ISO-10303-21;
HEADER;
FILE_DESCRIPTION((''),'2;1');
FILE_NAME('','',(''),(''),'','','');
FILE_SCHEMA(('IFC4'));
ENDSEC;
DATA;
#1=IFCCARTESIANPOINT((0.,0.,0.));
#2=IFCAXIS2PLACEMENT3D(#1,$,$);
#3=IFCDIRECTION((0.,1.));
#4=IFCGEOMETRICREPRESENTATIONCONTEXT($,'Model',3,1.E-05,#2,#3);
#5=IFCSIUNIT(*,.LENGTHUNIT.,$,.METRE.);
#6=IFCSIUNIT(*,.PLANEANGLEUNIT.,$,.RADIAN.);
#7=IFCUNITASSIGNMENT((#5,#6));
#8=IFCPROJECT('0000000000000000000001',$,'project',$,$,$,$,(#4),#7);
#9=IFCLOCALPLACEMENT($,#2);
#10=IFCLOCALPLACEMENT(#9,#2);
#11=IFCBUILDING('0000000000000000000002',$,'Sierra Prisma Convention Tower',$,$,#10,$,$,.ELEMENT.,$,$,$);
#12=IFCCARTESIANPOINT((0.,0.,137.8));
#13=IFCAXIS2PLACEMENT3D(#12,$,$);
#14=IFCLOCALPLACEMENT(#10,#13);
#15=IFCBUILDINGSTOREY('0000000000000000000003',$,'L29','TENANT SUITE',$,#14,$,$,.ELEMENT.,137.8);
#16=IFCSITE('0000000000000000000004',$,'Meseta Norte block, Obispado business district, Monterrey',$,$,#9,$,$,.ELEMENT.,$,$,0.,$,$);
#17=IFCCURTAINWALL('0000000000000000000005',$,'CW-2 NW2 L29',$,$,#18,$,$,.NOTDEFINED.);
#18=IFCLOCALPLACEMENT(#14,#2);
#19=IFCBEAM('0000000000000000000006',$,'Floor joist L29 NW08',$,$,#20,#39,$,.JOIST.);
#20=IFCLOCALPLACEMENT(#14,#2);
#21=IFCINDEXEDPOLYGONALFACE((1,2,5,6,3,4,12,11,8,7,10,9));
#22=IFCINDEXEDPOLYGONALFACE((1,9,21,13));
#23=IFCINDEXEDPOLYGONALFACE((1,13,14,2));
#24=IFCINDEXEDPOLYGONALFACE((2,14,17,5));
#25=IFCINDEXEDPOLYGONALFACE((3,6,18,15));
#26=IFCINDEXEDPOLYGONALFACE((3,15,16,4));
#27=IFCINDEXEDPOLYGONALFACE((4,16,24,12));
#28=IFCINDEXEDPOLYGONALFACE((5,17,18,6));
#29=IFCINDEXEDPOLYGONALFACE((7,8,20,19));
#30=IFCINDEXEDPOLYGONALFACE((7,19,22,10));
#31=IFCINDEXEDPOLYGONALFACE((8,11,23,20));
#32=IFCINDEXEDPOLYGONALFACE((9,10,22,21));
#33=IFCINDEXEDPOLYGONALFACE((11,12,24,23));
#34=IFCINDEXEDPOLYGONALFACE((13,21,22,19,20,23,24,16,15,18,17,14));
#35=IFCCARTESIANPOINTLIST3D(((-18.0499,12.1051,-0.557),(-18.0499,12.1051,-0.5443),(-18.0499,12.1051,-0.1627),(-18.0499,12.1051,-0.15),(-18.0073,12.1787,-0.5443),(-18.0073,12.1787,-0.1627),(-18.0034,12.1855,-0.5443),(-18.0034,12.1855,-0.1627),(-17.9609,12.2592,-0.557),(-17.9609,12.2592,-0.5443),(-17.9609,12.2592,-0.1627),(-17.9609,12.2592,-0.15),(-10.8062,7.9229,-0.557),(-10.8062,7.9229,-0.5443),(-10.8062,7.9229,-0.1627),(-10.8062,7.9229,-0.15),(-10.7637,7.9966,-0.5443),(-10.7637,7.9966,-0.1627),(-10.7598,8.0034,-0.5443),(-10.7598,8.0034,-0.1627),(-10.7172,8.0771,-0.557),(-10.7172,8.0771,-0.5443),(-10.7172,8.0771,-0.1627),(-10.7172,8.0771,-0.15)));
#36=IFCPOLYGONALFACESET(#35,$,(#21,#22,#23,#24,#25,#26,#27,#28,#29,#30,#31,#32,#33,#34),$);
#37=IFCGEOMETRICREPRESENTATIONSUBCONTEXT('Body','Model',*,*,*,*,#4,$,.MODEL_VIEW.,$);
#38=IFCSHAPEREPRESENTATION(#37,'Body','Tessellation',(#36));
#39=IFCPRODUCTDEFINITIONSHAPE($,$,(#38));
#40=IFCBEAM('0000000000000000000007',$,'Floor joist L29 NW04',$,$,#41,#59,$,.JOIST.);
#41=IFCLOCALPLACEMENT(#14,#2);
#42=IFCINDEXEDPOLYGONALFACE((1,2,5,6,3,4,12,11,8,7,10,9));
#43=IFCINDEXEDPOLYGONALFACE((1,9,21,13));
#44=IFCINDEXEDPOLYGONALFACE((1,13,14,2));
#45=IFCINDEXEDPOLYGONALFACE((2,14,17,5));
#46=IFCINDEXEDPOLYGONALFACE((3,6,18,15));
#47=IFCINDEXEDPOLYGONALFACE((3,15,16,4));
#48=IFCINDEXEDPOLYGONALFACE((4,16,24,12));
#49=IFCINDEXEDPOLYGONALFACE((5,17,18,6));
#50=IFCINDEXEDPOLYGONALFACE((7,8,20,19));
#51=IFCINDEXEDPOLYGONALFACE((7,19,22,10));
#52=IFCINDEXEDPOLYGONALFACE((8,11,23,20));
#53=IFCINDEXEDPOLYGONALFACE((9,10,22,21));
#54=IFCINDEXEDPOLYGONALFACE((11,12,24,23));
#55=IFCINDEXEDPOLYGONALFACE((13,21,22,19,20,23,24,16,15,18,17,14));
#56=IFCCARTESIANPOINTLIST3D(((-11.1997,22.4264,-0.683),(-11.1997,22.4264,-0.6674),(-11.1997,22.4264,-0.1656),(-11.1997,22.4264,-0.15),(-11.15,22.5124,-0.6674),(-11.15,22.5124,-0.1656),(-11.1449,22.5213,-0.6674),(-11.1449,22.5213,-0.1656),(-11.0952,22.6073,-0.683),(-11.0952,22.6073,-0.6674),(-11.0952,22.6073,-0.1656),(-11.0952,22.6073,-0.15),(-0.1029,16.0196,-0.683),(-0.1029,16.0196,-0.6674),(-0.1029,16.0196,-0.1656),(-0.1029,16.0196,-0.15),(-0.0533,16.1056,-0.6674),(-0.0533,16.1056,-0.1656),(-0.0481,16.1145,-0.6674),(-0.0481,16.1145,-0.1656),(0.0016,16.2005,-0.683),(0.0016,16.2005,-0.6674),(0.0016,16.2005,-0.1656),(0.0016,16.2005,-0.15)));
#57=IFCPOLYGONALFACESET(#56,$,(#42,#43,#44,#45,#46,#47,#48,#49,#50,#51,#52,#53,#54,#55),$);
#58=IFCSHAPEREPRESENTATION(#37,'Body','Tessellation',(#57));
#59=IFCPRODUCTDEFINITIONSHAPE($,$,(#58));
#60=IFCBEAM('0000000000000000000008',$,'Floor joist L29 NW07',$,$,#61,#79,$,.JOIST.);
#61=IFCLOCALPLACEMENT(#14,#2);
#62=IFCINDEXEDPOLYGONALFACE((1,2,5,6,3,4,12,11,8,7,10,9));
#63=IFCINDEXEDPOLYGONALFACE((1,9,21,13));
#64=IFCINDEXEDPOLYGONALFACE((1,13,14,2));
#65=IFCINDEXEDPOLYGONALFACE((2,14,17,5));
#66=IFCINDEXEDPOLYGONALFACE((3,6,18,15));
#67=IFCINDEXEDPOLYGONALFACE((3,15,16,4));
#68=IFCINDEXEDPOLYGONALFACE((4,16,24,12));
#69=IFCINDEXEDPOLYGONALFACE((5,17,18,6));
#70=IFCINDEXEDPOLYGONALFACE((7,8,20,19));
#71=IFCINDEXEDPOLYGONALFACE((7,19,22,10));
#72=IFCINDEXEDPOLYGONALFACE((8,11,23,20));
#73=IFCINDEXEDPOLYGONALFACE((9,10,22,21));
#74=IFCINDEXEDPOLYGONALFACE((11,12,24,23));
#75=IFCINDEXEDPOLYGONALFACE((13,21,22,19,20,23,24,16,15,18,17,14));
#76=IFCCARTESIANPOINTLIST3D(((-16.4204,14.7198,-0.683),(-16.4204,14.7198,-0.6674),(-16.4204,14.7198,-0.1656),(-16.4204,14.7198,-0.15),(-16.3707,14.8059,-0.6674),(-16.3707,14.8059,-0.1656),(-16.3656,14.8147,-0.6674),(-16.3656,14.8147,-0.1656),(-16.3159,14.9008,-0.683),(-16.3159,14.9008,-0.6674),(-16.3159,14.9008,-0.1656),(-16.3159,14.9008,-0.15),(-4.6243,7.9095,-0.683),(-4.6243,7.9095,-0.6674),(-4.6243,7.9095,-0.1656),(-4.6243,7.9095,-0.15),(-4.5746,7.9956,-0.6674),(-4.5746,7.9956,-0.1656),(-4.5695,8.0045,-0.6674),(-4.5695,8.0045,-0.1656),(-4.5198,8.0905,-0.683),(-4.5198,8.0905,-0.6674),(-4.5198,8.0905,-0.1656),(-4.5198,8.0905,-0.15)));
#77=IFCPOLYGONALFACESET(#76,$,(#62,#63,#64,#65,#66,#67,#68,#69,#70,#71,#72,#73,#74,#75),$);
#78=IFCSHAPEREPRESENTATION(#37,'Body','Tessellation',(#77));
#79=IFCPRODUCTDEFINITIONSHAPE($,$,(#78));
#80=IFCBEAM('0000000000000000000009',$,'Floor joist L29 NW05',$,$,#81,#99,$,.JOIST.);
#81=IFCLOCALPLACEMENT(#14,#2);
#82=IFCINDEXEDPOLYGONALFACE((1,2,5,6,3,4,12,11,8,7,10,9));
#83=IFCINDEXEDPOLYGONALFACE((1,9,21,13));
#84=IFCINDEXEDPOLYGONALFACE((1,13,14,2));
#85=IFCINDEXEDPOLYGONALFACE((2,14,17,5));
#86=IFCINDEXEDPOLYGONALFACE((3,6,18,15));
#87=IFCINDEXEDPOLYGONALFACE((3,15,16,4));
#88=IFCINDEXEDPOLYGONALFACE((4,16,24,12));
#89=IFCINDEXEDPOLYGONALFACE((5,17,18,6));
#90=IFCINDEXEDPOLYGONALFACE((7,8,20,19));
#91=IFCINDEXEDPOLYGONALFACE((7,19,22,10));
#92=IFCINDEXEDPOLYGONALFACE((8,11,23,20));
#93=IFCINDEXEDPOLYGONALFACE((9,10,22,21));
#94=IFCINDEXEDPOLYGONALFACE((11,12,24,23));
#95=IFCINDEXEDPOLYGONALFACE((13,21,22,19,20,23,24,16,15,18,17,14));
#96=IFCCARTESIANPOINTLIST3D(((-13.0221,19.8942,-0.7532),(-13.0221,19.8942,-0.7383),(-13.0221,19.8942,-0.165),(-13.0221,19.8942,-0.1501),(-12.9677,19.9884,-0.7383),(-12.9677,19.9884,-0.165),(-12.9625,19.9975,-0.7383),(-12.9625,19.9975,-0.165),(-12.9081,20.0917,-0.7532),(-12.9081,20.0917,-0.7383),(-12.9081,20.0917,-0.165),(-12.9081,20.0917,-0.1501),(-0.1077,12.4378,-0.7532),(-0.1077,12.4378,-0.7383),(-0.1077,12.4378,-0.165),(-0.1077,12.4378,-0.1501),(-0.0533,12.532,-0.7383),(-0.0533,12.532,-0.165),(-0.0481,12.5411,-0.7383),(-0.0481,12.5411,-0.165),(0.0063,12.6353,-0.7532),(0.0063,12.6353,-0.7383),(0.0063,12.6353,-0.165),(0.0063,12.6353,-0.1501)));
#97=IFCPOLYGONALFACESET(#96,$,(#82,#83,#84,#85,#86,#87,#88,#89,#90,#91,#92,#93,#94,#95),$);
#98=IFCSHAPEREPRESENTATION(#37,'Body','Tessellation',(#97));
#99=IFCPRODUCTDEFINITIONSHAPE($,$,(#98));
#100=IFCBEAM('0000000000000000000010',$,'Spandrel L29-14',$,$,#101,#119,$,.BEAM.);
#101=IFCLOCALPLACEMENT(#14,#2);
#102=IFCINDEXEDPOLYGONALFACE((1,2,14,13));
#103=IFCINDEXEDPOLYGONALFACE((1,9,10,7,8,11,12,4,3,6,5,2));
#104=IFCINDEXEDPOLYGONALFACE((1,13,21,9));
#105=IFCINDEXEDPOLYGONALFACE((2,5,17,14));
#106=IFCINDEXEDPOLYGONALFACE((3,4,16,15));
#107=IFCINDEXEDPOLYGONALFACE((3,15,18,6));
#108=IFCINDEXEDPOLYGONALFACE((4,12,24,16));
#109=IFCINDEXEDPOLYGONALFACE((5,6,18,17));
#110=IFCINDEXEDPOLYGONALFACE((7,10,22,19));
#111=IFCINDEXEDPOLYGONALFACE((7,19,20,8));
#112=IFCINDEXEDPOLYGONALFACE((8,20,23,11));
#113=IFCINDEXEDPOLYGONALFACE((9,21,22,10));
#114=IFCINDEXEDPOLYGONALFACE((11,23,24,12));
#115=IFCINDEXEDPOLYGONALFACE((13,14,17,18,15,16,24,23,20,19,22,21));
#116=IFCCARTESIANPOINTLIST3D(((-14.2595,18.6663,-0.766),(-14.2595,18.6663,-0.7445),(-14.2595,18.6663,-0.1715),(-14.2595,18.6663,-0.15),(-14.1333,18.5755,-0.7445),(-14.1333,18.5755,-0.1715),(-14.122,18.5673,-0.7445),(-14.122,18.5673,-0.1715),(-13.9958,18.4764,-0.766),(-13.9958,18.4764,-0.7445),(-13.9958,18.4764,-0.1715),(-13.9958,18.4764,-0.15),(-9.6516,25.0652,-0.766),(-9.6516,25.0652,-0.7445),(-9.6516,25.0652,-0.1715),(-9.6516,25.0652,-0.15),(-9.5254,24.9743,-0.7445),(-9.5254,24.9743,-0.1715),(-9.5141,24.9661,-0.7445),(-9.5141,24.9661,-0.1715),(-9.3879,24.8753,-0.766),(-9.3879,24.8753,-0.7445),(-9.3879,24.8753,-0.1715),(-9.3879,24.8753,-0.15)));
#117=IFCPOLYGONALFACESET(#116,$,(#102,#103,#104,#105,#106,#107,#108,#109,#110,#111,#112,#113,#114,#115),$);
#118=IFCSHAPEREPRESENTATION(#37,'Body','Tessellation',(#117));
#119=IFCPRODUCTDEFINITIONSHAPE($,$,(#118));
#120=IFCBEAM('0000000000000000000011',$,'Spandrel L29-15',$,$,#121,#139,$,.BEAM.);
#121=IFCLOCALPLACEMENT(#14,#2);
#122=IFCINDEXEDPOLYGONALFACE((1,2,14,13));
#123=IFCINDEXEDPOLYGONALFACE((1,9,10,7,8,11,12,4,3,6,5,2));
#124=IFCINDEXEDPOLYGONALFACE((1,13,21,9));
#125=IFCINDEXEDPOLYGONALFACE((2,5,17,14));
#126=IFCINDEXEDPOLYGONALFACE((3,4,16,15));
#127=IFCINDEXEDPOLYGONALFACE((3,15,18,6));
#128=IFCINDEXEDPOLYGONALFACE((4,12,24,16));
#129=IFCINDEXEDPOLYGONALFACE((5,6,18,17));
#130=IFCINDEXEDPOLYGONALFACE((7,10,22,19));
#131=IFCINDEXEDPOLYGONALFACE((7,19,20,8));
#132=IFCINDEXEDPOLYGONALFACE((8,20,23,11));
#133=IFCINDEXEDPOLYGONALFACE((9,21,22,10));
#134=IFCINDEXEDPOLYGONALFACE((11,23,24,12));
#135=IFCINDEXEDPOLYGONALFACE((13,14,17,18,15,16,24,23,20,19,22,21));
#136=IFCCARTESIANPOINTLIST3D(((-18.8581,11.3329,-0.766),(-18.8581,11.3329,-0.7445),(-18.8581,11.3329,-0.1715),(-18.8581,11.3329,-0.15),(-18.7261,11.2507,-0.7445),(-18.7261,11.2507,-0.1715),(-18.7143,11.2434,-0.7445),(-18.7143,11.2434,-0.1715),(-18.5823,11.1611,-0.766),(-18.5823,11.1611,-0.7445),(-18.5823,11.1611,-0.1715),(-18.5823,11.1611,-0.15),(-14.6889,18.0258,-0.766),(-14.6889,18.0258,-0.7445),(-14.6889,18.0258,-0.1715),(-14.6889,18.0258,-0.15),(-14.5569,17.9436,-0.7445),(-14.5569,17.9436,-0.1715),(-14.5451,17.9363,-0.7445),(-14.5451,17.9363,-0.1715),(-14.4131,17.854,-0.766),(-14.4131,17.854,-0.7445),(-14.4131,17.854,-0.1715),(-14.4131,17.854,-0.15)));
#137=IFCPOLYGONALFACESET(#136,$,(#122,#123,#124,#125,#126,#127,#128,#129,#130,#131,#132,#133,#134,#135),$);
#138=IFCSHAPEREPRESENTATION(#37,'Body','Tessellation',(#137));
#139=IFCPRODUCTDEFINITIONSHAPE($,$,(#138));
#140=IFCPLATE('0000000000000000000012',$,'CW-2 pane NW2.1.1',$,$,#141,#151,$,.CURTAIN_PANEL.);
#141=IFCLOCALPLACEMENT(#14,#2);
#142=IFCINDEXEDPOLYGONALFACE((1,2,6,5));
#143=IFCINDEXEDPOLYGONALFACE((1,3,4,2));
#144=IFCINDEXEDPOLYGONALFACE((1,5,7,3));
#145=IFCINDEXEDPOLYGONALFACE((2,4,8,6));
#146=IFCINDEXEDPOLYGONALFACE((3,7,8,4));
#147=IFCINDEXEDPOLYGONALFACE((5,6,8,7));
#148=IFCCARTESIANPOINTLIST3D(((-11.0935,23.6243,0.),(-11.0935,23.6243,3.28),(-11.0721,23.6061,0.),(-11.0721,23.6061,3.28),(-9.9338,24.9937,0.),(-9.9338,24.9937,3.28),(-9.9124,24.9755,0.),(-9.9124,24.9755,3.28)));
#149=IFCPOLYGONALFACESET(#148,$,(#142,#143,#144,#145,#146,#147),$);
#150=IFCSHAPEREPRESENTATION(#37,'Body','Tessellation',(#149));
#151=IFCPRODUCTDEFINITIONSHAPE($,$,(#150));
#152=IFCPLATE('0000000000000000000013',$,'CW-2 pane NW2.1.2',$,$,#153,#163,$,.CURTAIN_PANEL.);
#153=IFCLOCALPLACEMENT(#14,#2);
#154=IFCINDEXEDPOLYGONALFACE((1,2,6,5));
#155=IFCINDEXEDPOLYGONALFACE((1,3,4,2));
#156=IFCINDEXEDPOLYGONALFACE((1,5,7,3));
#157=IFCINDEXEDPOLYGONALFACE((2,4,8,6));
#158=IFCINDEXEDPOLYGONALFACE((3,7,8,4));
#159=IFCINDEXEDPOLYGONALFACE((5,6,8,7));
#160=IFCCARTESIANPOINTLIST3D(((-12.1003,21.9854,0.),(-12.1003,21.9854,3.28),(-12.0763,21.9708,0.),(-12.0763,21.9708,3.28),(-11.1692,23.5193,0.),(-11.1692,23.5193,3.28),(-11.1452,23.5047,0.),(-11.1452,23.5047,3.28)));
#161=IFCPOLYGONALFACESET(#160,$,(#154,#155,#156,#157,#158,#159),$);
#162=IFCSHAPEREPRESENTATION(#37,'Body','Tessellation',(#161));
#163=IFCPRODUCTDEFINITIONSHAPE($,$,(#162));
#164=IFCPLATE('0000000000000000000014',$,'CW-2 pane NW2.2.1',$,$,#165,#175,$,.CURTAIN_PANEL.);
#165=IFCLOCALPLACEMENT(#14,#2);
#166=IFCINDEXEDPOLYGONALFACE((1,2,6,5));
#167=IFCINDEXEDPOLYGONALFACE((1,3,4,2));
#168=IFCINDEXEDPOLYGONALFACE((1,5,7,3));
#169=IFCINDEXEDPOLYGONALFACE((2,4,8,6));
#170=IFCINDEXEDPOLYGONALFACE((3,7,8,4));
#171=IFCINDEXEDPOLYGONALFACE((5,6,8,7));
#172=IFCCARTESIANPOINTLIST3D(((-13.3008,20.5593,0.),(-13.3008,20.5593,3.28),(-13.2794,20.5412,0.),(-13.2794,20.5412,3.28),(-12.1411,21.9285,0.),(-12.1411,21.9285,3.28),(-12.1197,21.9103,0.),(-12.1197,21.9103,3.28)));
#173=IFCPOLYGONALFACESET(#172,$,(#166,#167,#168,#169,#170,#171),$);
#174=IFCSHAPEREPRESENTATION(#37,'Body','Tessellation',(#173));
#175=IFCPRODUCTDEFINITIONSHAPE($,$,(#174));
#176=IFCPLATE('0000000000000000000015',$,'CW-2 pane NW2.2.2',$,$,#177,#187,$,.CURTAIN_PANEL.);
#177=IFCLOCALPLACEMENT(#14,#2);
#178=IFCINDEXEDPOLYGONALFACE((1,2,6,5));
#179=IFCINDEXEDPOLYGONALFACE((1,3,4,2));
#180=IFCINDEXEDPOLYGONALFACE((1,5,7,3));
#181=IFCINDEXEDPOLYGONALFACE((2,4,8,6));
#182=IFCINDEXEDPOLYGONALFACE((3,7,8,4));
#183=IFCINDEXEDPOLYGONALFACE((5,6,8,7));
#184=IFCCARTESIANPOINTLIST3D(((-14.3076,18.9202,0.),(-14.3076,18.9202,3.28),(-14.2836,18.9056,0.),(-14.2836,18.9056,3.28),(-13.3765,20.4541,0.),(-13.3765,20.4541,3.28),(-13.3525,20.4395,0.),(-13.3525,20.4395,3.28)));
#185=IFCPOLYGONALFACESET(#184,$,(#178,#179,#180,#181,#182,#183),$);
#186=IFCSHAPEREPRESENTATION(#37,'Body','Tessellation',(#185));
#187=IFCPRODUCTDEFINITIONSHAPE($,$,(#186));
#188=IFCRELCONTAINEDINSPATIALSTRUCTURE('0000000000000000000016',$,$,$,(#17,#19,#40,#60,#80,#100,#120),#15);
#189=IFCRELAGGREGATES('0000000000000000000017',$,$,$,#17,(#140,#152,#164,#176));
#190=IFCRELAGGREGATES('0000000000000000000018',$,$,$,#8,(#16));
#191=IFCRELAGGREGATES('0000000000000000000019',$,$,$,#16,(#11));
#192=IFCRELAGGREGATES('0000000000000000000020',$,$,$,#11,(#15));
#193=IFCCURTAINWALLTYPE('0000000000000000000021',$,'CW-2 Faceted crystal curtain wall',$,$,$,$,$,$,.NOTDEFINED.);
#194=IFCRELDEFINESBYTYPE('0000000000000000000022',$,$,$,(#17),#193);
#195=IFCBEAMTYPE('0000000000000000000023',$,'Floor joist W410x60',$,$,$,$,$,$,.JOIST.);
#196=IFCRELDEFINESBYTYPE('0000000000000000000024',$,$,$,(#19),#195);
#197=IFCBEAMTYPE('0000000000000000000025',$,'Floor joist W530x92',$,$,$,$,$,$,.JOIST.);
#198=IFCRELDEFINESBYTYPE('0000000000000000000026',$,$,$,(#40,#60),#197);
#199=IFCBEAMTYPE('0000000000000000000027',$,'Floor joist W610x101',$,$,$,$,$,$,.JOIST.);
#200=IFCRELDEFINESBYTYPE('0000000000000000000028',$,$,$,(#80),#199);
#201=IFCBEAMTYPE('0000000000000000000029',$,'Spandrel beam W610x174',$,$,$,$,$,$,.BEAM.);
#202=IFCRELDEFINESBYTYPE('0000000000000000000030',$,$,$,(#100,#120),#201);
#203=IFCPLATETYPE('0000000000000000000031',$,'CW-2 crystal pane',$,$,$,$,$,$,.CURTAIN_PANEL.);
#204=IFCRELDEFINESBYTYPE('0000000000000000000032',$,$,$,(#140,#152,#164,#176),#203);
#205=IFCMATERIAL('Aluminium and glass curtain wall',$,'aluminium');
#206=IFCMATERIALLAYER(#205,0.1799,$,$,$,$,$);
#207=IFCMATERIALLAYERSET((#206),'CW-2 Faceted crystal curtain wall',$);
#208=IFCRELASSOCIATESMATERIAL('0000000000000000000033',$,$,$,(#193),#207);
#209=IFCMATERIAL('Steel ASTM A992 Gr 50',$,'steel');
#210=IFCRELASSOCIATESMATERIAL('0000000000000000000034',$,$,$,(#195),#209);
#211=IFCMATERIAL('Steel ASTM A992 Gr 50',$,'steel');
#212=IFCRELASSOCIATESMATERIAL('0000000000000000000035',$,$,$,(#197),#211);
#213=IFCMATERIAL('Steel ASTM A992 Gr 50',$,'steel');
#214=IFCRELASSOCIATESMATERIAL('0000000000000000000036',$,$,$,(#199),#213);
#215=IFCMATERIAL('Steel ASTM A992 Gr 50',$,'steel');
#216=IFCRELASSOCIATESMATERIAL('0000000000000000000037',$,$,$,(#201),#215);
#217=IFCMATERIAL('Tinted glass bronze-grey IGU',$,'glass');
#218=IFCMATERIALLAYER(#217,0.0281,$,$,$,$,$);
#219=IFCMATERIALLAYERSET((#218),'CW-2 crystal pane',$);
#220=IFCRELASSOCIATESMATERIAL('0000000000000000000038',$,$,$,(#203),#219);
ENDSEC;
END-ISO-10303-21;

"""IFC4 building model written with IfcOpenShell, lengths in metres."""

from ifc_helpers import new_model, si_unit, direction, frame, origin, origin_2d, place, context, subcontext, project, spatial, polyline, i_section, outline, extrude, material, layer, layer_set, material_profile, profile_set, type_object, element, aggregate, save


model = new_model("IFC4")

# Units and contexts
model_context = context("Model", 3, precision=1e-05, world=origin(), true_north=direction((0.0, 1.0)))
body_context = subcontext(model_context, "Body", "Model", "MODEL_VIEW")
ifc_project = project(units=[si_unit("LENGTHUNIT", "METRE"), si_unit("PLANEANGLEUNIT", "RADIAN")], contexts=[model_context])

# Site, building, storey
site_placement = place(None, origin())
site = spatial("IfcSite", under=ifc_project, at=site_placement, Name="Meseta Norte block, Obispado business district, Monterrey", CompositionType="ELEMENT", RefElevation=0.0)
building_placement = place(site_placement, origin())
building = spatial("IfcBuilding", under=site, at=building_placement, Name="Sierra Prisma Convention Tower", CompositionType="ELEMENT")
storey_placement = place(building_placement, frame((0.0, 0.0, 137.8)))
storey = spatial("IfcBuildingStorey", under=building, at=storey_placement, Name="L29", Description="TENANT SUITE", CompositionType="ELEMENT", Elevation=137.8)

# Curtain wall
ifc_material_1 = material(Name="Aluminium and glass curtain wall", Category="aluminium")
ifc_layer_1 = layer(ifc_material_1, 0.1799)
ifc_layer_set_1 = layer_set([ifc_layer_1], Name="CW-2 Faceted crystal curtain wall")
curtain_wall_type = type_object("IfcCurtainWallType", Name="CW-2 Faceted crystal curtain wall", PredefinedType="NOTDEFINED", material=ifc_layer_set_1)
curtain_wall_1_placement = place(storey_placement, origin())
curtain_wall_1 = element("IfcCurtainWall", 1, at=curtain_wall_1_placement, inside=storey, type_object=curtain_wall_type, Name="CW-2 NW2 L29", PredefinedType="NOTDEFINED")

# Beams
ifc_material_2 = material(Name="Steel ASTM A992 Gr 50", Category="steel")
ifc_material_profile_1 = material_profile(ifc_material_2, i_section(OverallWidth=0.178, OverallDepth=0.407, WebThickness=0.0078, FlangeThickness=0.0127, at=origin_2d()), Name="W410x60")
ifc_profile_set_1 = profile_set([ifc_material_profile_1], Name="Steel ASTM A992 Gr 50")
beam_type_1 = type_object("IfcBeamType", Name="Floor joist W410x60", PredefinedType="JOIST", material=ifc_profile_set_1)
beam_1_placement = place(storey_placement, frame((-18.0054, 12.1821, -0.3535), z_axis=(0.866025, -0.5, 0.0), x_axis=(0.5, 0.866025, 0.0)))
element("IfcBeam", 2, at=beam_1_placement, inside=storey, type_object=beam_type_1, Name="Floor joist L29 NW08", PredefinedType="JOIST", context=body_context, shape_type="SweptSolid", body=[
    extrude(i_section(OverallWidth=0.178, OverallDepth=0.407, WebThickness=0.0078, FlangeThickness=0.0127, at=origin_2d()), origin(), (0.0, 0.0, 1.0), 8.3643),
])
ifc_material_3 = material(Name="Steel ASTM A992 Gr 50", Category="steel")
ifc_material_profile_2 = material_profile(ifc_material_3, i_section(OverallWidth=0.209, OverallDepth=0.533, WebThickness=0.0103, FlangeThickness=0.0156, at=origin_2d()), Name="W530x92")
ifc_profile_set_2 = profile_set([ifc_material_profile_2], Name="Steel ASTM A992 Gr 50")
beam_type_2 = type_object("IfcBeamType", Name="Floor joist W530x92", PredefinedType="JOIST", material=ifc_profile_set_2)
beam_2_placement = place(storey_placement, frame((-11.1475, 22.5168, -0.4165), z_axis=(0.866023, -0.500004, 0.0), x_axis=(0.500004, 0.866023, 0.0)))
element("IfcBeam", 3, at=beam_2_placement, inside=storey, type_object=beam_type_2, Name="Floor joist L29 NW04", PredefinedType="JOIST", context=body_context, shape_type="SweptSolid", body=[
    extrude(i_section(OverallWidth=0.209, OverallDepth=0.533, WebThickness=0.0103, FlangeThickness=0.0156, at=origin_2d()), origin(), (0.0, 0.0, 1.0), 12.8135),
])
beam_3_placement = place(storey_placement, frame((-16.3682, 14.8103, -0.4165), z_axis=(0.866032, -0.499989, 0.0), x_axis=(0.499989, 0.866032, 0.0)))
element("IfcBeam", 4, at=beam_3_placement, inside=storey, type_object=beam_type_2, Name="Floor joist L29 NW07", PredefinedType="JOIST", context=body_context, shape_type="SweptSolid", body=[
    extrude(i_section(OverallWidth=0.209, OverallDepth=0.533, WebThickness=0.0103, FlangeThickness=0.0156, at=origin_2d()), origin(), (0.0, 0.0, 1.0), 13.6208),
])
ifc_material_4 = material(Name="Steel ASTM A992 Gr 50", Category="steel")
ifc_material_profile_3 = material_profile(ifc_material_4, i_section(OverallWidth=0.228, OverallDepth=0.603, WebThickness=0.0105, FlangeThickness=0.0149, at=origin_2d()), Name="W610x101")
ifc_profile_set_3 = profile_set([ifc_material_profile_3], Name="Steel ASTM A992 Gr 50")
beam_type_3 = type_object("IfcBeamType", Name="Floor joist W610x101", PredefinedType="JOIST", material=ifc_profile_set_3)
beam_4_placement = place(storey_placement, frame((-12.9651, 19.9929, -0.4517), z_axis=(0.866019, -0.500011, 0.0), x_axis=(0.500011, 0.866019, 0.0)))
element("IfcBeam", 5, at=beam_4_placement, inside=storey, type_object=beam_type_3, Name="Floor joist L29 NW05", PredefinedType="JOIST", context=body_context, shape_type="SweptSolid", body=[
    extrude(i_section(OverallWidth=0.228, OverallDepth=0.603, WebThickness=0.0105, FlangeThickness=0.0149, at=origin_2d()), origin(), (0.0, 0.0, 1.0), 14.9124),
])
ifc_material_5 = material(Name="Steel ASTM A992 Gr 50", Category="steel")
ifc_material_profile_4 = material_profile(ifc_material_5, i_section(OverallWidth=0.325, OverallDepth=0.616, WebThickness=0.0139, FlangeThickness=0.0215, at=origin_2d()), Name="W610x174")
ifc_profile_set_4 = profile_set([ifc_material_profile_4], Name="Steel ASTM A992 Gr 50")
beam_type_4 = type_object("IfcBeamType", Name="Spandrel beam W610x174", PredefinedType="BEAM", material=ifc_profile_set_4)
for number, where, z_axis, x_axis, name in (
    (6, (-9.5198, 24.9702, -0.458), (-0.584362, -0.811493, 0.0), (0.811493, -0.584362, 0.0), "Spandrel L29-14"),
    (7, (-14.551, 17.9399, -0.458), (-0.528735, -0.848787, 0.0), (0.848787, -0.528735, 0.0), "Spandrel L29-15"),
):
    element("IfcBeam", number, at=place(storey_placement, frame(where, z_axis=z_axis, x_axis=x_axis)), inside=storey, type_object=beam_type_4, Name=name, PredefinedType="BEAM", context=body_context, shape_type="SweptSolid", body=[
        extrude(i_section(OverallWidth=0.325, OverallDepth=0.616, WebThickness=0.0139, FlangeThickness=0.0215, at=origin_2d()), origin(), (0.0, 0.0, 1.0), 7.8853),
    ])

# Plates
ifc_material_6 = material(Name="Tinted glass bronze-grey IGU", Category="glass")
ifc_layer_2 = layer(ifc_material_6, 0.0281)
ifc_layer_set_2 = layer_set([ifc_layer_2], Name="CW-2 crystal pane")
plate_type = type_object("IfcPlateType", Name="CW-2 crystal pane", PredefinedType="CURTAIN_PANEL", material=ifc_layer_set_2)
plate_1_placement = place(storey_placement, frame((-9.9338, 24.9937, 0.0), z_axis=(-0.763123, 0.646253, 0.0), x_axis=(-0.646253, -0.763123, 0.0)))
plate_1 = element("IfcPlate", 8, at=plate_1_placement, type_object=plate_type, Name="CW-2 pane NW2.1.1", PredefinedType="CURTAIN_PANEL", context=body_context, shape_type="SweptSolid", body=[
    extrude(outline(polyline([(0.0, 0.0), (1.7944, 0.0), (1.7944, 3.28), (0.0, 3.28), (0.0, 0.0)])), origin(), (0.0, 0.0, -1.0), 0.0281),
])
plate_2_placement = place(storey_placement, frame((-12.1003, 21.9854, 0.0), z_axis=(-0.854828, 0.518911, 0.0), x_axis=(0.518911, 0.854828, 0.0)))
plate_2 = element("IfcPlate", 9, at=plate_2_placement, type_object=plate_type, Name="CW-2 pane NW2.1.2", PredefinedType="CURTAIN_PANEL", context=body_context, shape_type="SweptSolid", body=[
    extrude(outline(polyline([(0.0, 0.0), (1.7944, 0.0), (1.7944, -3.28), (0.0, -3.28), (0.0, 0.0)])), origin(), (0.0, 0.0, -1.0), 0.0281),
])
plate_3_placement = place(storey_placement, frame((-12.1411, 21.9285, 0.0), z_axis=(-0.763066, 0.64632, 0.0), x_axis=(-0.64632, -0.763066, 0.0)))
plate_3 = element("IfcPlate", 10, at=plate_3_placement, type_object=plate_type, Name="CW-2 pane NW2.2.1", PredefinedType="CURTAIN_PANEL", context=body_context, shape_type="SweptSolid", body=[
    extrude(outline(polyline([(0.0, 0.0), (1.7943, 0.0), (1.7943, 3.28), (0.0, 3.28), (0.0, 0.0)])), origin(), (0.0, 0.0, -1.0), 0.0281),
])
plate_4_placement = place(storey_placement, frame((-14.3076, 18.9202, 0.0), z_axis=(-0.854828, 0.518911, 0.0), x_axis=(0.518911, 0.854828, 0.0)))
plate_4 = element("IfcPlate", 11, at=plate_4_placement, type_object=plate_type, Name="CW-2 pane NW2.2.2", PredefinedType="CURTAIN_PANEL", context=body_context, shape_type="SweptSolid", body=[
    extrude(outline(polyline([(0.0, 0.0), (1.7944, 0.0), (1.7944, -3.28), (0.0, -3.28), (0.0, 0.0)])), origin(), (0.0, 0.0, -1.0), 0.0281),
])
aggregate(curtain_wall_1, [plate_1, plate_2, plate_3, plate_4])

save(model, "model.ifc")
